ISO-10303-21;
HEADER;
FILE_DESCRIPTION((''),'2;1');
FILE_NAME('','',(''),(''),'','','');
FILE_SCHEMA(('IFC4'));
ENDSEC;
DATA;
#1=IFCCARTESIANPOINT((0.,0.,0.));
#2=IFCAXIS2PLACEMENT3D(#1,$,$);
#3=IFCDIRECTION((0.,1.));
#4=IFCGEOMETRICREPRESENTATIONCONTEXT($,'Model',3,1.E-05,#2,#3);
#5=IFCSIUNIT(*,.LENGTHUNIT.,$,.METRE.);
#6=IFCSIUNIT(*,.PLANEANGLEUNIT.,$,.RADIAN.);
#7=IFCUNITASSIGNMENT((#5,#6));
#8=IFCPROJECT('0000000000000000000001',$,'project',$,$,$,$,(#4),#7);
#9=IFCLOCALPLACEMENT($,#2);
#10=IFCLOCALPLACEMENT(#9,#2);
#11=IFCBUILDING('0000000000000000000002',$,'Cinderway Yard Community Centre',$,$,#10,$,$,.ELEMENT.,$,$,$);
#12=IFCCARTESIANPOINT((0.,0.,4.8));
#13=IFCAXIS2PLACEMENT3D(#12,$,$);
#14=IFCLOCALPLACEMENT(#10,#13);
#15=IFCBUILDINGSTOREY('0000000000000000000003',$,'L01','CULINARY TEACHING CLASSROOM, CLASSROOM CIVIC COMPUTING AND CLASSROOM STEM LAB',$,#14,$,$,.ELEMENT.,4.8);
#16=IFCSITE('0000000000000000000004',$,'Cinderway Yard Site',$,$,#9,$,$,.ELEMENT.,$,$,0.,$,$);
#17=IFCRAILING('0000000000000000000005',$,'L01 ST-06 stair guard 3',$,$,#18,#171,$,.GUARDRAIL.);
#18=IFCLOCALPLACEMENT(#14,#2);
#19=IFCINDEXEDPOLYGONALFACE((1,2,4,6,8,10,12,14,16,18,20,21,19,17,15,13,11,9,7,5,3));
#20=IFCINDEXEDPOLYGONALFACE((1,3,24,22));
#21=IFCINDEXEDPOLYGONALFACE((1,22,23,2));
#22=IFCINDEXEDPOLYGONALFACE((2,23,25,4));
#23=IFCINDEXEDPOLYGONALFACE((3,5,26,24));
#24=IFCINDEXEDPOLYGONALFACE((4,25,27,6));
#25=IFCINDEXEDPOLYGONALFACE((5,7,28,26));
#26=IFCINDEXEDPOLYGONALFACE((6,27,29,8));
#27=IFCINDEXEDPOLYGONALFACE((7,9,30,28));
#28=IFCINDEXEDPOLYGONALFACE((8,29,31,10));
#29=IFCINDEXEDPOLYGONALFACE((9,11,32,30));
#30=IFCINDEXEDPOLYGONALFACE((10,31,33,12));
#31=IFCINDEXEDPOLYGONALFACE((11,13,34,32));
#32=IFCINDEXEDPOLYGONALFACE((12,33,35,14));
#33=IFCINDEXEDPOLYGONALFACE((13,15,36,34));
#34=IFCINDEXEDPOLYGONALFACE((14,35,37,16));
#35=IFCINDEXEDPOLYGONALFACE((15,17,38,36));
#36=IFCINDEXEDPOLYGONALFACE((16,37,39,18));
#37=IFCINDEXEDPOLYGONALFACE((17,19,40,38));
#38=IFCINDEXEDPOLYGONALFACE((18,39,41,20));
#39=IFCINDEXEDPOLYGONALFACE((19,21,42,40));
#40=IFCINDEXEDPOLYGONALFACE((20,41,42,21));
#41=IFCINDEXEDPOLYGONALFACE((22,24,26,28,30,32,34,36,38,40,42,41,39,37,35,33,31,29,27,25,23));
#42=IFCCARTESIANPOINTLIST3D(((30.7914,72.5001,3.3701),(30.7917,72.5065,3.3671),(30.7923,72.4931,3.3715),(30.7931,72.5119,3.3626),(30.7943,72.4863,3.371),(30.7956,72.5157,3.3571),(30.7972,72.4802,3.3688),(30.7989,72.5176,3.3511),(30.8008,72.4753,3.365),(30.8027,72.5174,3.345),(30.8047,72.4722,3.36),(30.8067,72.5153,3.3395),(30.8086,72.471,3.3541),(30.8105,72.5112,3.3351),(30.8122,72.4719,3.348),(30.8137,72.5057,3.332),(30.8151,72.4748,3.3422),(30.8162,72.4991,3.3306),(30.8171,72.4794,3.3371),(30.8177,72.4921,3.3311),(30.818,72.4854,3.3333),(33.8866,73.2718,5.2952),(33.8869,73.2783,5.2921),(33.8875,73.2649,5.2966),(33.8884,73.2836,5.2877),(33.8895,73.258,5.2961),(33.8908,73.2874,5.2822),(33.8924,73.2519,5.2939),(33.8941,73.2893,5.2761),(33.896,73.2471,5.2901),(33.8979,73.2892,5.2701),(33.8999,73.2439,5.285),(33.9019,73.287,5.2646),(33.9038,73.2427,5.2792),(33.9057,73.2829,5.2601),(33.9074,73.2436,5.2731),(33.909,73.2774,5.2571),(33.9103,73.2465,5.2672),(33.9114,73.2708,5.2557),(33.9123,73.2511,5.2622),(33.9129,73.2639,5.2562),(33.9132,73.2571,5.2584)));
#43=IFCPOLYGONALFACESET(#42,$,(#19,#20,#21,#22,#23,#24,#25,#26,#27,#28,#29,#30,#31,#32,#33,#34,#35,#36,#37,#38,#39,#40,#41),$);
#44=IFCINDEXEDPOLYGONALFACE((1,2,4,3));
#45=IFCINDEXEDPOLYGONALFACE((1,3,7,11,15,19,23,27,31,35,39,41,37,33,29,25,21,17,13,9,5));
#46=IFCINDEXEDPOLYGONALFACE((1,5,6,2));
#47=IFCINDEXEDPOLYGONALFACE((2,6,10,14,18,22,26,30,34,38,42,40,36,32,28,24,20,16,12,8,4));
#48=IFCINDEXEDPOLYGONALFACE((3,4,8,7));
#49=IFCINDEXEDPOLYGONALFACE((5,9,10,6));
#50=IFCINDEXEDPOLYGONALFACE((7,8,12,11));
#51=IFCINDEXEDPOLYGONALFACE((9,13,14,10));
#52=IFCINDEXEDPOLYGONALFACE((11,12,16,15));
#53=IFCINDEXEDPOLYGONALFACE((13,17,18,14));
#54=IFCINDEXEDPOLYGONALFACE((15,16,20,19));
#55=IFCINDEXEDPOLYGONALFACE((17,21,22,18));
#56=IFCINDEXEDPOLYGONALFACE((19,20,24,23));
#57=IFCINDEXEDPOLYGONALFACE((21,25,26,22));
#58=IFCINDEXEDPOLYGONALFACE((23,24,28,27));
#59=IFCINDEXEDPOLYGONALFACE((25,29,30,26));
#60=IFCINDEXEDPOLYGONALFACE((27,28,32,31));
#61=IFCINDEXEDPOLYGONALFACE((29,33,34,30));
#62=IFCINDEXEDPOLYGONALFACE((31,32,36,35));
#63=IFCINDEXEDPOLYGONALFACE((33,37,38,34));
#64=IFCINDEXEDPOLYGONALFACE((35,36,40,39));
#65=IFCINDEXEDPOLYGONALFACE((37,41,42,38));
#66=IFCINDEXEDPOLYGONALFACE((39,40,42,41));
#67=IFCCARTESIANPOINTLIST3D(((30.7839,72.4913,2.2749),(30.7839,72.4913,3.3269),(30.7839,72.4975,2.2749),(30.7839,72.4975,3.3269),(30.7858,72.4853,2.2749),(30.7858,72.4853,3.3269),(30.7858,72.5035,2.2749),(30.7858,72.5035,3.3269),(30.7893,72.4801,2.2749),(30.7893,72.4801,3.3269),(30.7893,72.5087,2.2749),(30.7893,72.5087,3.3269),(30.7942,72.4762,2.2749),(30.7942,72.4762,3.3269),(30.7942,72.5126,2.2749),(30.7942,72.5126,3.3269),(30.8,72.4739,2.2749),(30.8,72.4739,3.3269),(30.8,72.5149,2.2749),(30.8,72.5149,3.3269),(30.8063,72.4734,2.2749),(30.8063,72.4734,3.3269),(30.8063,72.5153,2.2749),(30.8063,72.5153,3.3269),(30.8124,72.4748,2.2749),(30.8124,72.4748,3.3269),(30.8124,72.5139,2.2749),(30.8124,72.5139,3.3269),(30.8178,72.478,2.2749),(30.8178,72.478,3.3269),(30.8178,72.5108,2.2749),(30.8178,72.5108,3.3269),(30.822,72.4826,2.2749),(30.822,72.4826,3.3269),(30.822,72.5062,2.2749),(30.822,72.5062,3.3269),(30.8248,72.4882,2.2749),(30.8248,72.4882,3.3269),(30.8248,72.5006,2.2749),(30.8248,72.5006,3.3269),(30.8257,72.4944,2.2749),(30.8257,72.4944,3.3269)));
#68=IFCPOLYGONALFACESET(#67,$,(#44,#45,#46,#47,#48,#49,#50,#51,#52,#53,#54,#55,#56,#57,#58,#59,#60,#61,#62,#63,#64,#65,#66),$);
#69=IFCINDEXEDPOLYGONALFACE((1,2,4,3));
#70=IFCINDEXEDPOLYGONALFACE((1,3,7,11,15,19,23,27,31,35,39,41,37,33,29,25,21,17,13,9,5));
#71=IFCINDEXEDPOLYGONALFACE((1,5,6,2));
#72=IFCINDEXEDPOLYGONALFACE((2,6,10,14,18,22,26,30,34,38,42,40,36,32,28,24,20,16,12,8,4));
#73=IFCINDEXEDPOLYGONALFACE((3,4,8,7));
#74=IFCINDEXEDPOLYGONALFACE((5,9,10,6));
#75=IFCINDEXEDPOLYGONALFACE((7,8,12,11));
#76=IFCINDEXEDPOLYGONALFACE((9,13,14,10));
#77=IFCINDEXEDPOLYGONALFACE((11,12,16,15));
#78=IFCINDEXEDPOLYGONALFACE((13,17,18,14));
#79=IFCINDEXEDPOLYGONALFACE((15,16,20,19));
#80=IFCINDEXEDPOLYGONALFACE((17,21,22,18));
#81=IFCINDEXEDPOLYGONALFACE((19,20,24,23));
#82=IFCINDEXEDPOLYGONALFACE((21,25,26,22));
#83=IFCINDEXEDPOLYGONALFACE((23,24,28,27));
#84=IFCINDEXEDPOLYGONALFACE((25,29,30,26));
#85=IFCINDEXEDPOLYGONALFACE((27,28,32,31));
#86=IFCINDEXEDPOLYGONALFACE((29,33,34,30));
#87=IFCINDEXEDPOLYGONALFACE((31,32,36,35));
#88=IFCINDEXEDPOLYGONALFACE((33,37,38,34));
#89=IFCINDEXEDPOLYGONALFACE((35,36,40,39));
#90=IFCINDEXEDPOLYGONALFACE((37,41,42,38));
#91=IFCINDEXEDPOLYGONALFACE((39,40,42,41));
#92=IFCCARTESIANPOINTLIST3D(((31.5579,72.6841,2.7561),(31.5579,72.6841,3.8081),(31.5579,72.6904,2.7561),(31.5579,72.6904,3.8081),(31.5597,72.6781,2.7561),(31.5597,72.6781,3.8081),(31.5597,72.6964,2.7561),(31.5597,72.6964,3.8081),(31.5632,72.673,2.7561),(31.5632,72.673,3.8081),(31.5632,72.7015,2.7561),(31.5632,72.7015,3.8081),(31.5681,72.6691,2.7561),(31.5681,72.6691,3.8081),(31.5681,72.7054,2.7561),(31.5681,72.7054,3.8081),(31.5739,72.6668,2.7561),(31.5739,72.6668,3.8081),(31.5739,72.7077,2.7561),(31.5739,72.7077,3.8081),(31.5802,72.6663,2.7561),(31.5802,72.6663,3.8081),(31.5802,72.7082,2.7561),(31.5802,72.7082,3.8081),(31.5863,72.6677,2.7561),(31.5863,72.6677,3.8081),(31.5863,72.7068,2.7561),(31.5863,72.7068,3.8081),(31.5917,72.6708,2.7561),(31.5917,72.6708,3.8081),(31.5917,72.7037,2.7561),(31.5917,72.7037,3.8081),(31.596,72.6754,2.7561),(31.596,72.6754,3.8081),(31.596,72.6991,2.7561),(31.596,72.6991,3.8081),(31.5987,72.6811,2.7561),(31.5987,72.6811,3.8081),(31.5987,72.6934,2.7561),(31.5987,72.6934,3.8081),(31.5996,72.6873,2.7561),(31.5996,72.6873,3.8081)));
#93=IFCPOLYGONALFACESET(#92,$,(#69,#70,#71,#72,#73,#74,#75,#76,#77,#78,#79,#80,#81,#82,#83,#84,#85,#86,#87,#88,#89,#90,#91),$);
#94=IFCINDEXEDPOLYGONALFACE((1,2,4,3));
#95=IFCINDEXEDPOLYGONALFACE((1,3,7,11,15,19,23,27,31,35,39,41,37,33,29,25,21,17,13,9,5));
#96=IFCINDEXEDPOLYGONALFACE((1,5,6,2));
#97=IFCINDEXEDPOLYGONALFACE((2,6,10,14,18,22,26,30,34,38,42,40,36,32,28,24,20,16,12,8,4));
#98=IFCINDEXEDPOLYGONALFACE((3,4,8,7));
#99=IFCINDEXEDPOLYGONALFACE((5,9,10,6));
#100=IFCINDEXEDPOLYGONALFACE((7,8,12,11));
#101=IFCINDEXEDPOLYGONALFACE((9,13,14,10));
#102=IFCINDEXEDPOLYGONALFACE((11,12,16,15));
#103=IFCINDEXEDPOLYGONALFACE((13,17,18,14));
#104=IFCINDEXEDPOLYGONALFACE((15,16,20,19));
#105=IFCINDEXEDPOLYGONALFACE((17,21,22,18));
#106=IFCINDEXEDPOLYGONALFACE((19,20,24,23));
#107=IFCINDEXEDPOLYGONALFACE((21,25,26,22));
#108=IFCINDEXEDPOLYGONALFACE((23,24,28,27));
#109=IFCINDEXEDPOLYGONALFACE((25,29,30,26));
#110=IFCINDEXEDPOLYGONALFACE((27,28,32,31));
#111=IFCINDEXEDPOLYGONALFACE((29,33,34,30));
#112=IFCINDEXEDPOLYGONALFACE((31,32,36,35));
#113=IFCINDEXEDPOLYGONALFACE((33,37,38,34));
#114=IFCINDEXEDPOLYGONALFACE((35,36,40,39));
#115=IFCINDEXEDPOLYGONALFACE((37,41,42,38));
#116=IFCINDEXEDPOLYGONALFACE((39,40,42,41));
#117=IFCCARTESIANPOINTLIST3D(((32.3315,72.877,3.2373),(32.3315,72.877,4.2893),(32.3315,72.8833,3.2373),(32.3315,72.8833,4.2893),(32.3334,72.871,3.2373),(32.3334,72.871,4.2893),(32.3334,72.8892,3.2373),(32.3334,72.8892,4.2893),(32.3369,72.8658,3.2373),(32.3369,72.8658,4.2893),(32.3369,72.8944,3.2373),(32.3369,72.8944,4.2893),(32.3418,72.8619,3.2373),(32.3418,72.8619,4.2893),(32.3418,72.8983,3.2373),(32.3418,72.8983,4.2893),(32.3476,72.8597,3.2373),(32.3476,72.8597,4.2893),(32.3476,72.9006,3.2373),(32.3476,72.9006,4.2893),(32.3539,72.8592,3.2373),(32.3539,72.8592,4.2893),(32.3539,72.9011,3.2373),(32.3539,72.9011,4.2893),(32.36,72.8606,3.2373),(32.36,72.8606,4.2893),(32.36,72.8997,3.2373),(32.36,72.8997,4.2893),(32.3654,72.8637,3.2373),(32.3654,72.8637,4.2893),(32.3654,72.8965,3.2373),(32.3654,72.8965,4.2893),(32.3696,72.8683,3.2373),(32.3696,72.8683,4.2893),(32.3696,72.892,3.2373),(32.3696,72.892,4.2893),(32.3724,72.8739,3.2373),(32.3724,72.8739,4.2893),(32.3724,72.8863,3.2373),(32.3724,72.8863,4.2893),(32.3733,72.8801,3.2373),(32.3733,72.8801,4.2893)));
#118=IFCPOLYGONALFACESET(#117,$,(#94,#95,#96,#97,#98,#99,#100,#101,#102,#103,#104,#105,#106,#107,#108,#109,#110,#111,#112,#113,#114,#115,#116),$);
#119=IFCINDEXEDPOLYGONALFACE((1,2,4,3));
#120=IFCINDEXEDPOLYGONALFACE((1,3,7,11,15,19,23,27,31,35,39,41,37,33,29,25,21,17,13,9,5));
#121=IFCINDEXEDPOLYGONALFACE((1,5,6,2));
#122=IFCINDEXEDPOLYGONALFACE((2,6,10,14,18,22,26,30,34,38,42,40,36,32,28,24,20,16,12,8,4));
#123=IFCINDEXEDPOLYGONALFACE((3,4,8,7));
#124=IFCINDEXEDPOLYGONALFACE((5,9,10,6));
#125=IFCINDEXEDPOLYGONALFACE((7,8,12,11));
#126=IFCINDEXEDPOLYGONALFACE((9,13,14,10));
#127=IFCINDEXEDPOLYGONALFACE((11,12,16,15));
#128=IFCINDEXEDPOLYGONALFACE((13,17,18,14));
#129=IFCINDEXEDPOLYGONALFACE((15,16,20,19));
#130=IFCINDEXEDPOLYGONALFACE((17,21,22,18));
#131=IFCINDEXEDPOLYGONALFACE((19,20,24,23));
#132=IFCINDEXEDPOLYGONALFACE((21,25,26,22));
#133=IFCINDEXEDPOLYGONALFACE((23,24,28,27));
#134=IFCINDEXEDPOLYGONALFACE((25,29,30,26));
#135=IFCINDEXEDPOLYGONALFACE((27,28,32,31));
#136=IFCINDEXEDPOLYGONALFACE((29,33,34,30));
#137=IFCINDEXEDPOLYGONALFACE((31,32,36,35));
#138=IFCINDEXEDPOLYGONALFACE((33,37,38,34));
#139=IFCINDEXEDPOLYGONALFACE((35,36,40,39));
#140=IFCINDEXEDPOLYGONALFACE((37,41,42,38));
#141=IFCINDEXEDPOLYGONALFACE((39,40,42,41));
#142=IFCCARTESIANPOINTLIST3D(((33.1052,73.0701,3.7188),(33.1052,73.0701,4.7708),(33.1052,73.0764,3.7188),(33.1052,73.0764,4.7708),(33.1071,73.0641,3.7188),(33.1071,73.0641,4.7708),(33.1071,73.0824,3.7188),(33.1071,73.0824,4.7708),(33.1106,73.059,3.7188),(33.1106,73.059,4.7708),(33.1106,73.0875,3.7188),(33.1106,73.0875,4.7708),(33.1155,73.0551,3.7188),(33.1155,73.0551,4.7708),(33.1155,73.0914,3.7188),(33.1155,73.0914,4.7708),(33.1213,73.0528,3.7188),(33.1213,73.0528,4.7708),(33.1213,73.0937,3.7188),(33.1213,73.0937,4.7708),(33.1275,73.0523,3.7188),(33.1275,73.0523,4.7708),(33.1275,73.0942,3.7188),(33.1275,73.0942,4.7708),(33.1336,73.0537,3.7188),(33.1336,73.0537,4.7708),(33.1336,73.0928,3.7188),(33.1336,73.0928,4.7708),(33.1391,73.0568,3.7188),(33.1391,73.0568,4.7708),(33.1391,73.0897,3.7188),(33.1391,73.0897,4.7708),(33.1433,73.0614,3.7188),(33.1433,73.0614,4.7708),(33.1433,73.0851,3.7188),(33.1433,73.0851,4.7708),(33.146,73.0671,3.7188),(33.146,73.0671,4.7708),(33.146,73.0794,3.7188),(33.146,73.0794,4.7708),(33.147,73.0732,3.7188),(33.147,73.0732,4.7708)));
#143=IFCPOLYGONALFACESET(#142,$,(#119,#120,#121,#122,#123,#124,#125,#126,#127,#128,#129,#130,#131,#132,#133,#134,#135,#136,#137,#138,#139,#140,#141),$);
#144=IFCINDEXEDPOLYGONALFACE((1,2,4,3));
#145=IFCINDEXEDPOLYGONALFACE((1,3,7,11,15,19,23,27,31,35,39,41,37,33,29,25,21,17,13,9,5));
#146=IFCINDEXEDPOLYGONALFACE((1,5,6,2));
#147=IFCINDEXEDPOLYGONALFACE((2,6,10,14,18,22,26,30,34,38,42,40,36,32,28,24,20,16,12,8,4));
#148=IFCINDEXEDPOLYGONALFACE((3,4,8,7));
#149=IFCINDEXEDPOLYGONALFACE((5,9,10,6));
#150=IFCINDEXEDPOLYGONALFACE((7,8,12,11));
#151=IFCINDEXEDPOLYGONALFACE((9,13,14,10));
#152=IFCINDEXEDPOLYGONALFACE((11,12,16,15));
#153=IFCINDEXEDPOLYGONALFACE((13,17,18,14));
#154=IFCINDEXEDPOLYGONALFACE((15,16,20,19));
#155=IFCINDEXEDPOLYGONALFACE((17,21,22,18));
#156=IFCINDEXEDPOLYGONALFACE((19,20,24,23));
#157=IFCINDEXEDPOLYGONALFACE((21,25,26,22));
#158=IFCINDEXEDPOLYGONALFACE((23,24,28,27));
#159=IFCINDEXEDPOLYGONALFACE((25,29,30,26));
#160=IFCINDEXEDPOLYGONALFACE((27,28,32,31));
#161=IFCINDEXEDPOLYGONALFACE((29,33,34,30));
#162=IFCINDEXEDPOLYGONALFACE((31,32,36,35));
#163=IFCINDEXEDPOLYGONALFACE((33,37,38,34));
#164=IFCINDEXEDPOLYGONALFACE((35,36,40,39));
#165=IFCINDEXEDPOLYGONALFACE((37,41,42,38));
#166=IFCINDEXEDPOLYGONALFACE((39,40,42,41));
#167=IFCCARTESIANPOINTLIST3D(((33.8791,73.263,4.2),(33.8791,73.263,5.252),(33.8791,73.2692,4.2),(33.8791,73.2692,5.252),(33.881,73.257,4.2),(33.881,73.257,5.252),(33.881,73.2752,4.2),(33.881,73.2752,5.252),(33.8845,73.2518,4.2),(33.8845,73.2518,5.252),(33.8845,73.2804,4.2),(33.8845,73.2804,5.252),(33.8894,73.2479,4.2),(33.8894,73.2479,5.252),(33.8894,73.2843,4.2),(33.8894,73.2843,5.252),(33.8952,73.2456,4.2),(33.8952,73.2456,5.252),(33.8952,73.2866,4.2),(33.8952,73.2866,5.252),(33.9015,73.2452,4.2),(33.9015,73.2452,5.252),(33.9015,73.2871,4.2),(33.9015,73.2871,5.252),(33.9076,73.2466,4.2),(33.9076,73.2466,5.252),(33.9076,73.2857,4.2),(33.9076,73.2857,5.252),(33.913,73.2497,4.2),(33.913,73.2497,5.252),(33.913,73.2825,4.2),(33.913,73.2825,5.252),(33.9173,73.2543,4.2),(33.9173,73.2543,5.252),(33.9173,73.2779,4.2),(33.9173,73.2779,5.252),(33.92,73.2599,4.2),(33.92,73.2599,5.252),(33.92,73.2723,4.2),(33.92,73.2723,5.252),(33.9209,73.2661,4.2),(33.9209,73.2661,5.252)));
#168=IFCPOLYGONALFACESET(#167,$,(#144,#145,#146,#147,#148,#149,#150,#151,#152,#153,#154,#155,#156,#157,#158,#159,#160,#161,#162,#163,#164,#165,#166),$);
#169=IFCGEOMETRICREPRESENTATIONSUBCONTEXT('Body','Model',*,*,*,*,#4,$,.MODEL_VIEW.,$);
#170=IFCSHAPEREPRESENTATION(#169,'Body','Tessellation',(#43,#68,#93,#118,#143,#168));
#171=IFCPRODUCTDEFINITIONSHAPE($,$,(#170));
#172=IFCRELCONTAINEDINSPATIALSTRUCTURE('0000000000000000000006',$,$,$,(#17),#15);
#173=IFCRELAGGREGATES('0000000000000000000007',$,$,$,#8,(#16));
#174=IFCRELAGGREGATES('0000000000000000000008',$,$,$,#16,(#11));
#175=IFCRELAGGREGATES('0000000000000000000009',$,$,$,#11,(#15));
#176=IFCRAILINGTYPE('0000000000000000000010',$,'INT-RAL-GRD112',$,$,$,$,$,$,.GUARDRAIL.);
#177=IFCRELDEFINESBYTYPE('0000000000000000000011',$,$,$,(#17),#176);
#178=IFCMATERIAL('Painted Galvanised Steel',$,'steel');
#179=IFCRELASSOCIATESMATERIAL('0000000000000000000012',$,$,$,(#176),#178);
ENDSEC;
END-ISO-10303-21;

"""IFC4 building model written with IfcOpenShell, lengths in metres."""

from ifc_helpers import new_model, si_unit, direction, frame, origin, origin_2d, place, context, subcontext, project, spatial, circle, extrude, material, type_object, element, save


model = new_model("IFC4")

# Units and contexts
model_context = context("Model", 3, precision=1e-05, world=origin(), true_north=direction((0.0, 1.0)))
body_context = subcontext(model_context, "Body", "Model", "MODEL_VIEW")
ifc_project = project(units=[si_unit("LENGTHUNIT", "METRE"), si_unit("PLANEANGLEUNIT", "RADIAN")], contexts=[model_context])

# Site, building, storey
site_placement = place(None, origin())
site = spatial("IfcSite", under=ifc_project, at=site_placement, Name="Cinderway Yard Site", CompositionType="ELEMENT", RefElevation=0.0)
building_placement = place(site_placement, origin())
building = spatial("IfcBuilding", under=site, at=building_placement, Name="Cinderway Yard Community Centre", CompositionType="ELEMENT")
storey_placement = place(building_placement, frame((0.0, 0.0, 4.8)))
storey = spatial("IfcBuildingStorey", under=building, at=storey_placement, Name="L01", Description="CULINARY TEACHING CLASSROOM, CLASSROOM CIVIC COMPUTING AND CLASSROOM STEM LAB", CompositionType="ELEMENT", Elevation=4.8)

# Railing
ifc_material_1 = material(Name="Painted Galvanised Steel", Category="steel")
railing_type_1 = type_object("IfcRailingType", Name="INT-RAL-GRD112", PredefinedType="GUARDRAIL", material=ifc_material_1)
railing_1_placement = place(storey_placement, frame((30.8047, 72.4944, 2.2749)))
element("IfcRailing", 1, at=railing_1_placement, inside=storey, type_object=railing_type_1, Name="L01 ST-06 stair guard 3", PredefinedType="GUARDRAIL", context=body_context, shape_type="SweptSolid", body=[
    extrude(circle(Radius=0.0239, at=origin_2d()), frame((0.0, 0.0, 1.0762), z_axis=(0.830747, 0.20713, 0.516678), x_axis=(-0.241923, 0.970295, 0.0)), (0.0, 0.0, 1.0), 3.7258),
    extrude(circle(Radius=0.021, at=origin_2d()), origin(), (0.0, 0.0, 1.0), 1.052),
    extrude(circle(Radius=0.021, at=origin_2d()), frame((0.7739, 0.1929, 0.4812)), (0.0, 0.0, 1.0), 1.052),
    extrude(circle(Radius=0.021, at=origin_2d()), frame((1.5476, 0.3857, 0.9624)), (0.0, 0.0, 1.0), 1.052),
    extrude(circle(Radius=0.021, at=origin_2d()), frame((2.3213, 0.5789, 1.4438)), (0.0, 0.0, 1.0), 1.052),
    extrude(circle(Radius=0.021, at=origin_2d()), frame((3.0952, 0.7717, 1.925)), (0.0, 0.0, 1.0), 1.052),
])

save(model, "model.ifc")
